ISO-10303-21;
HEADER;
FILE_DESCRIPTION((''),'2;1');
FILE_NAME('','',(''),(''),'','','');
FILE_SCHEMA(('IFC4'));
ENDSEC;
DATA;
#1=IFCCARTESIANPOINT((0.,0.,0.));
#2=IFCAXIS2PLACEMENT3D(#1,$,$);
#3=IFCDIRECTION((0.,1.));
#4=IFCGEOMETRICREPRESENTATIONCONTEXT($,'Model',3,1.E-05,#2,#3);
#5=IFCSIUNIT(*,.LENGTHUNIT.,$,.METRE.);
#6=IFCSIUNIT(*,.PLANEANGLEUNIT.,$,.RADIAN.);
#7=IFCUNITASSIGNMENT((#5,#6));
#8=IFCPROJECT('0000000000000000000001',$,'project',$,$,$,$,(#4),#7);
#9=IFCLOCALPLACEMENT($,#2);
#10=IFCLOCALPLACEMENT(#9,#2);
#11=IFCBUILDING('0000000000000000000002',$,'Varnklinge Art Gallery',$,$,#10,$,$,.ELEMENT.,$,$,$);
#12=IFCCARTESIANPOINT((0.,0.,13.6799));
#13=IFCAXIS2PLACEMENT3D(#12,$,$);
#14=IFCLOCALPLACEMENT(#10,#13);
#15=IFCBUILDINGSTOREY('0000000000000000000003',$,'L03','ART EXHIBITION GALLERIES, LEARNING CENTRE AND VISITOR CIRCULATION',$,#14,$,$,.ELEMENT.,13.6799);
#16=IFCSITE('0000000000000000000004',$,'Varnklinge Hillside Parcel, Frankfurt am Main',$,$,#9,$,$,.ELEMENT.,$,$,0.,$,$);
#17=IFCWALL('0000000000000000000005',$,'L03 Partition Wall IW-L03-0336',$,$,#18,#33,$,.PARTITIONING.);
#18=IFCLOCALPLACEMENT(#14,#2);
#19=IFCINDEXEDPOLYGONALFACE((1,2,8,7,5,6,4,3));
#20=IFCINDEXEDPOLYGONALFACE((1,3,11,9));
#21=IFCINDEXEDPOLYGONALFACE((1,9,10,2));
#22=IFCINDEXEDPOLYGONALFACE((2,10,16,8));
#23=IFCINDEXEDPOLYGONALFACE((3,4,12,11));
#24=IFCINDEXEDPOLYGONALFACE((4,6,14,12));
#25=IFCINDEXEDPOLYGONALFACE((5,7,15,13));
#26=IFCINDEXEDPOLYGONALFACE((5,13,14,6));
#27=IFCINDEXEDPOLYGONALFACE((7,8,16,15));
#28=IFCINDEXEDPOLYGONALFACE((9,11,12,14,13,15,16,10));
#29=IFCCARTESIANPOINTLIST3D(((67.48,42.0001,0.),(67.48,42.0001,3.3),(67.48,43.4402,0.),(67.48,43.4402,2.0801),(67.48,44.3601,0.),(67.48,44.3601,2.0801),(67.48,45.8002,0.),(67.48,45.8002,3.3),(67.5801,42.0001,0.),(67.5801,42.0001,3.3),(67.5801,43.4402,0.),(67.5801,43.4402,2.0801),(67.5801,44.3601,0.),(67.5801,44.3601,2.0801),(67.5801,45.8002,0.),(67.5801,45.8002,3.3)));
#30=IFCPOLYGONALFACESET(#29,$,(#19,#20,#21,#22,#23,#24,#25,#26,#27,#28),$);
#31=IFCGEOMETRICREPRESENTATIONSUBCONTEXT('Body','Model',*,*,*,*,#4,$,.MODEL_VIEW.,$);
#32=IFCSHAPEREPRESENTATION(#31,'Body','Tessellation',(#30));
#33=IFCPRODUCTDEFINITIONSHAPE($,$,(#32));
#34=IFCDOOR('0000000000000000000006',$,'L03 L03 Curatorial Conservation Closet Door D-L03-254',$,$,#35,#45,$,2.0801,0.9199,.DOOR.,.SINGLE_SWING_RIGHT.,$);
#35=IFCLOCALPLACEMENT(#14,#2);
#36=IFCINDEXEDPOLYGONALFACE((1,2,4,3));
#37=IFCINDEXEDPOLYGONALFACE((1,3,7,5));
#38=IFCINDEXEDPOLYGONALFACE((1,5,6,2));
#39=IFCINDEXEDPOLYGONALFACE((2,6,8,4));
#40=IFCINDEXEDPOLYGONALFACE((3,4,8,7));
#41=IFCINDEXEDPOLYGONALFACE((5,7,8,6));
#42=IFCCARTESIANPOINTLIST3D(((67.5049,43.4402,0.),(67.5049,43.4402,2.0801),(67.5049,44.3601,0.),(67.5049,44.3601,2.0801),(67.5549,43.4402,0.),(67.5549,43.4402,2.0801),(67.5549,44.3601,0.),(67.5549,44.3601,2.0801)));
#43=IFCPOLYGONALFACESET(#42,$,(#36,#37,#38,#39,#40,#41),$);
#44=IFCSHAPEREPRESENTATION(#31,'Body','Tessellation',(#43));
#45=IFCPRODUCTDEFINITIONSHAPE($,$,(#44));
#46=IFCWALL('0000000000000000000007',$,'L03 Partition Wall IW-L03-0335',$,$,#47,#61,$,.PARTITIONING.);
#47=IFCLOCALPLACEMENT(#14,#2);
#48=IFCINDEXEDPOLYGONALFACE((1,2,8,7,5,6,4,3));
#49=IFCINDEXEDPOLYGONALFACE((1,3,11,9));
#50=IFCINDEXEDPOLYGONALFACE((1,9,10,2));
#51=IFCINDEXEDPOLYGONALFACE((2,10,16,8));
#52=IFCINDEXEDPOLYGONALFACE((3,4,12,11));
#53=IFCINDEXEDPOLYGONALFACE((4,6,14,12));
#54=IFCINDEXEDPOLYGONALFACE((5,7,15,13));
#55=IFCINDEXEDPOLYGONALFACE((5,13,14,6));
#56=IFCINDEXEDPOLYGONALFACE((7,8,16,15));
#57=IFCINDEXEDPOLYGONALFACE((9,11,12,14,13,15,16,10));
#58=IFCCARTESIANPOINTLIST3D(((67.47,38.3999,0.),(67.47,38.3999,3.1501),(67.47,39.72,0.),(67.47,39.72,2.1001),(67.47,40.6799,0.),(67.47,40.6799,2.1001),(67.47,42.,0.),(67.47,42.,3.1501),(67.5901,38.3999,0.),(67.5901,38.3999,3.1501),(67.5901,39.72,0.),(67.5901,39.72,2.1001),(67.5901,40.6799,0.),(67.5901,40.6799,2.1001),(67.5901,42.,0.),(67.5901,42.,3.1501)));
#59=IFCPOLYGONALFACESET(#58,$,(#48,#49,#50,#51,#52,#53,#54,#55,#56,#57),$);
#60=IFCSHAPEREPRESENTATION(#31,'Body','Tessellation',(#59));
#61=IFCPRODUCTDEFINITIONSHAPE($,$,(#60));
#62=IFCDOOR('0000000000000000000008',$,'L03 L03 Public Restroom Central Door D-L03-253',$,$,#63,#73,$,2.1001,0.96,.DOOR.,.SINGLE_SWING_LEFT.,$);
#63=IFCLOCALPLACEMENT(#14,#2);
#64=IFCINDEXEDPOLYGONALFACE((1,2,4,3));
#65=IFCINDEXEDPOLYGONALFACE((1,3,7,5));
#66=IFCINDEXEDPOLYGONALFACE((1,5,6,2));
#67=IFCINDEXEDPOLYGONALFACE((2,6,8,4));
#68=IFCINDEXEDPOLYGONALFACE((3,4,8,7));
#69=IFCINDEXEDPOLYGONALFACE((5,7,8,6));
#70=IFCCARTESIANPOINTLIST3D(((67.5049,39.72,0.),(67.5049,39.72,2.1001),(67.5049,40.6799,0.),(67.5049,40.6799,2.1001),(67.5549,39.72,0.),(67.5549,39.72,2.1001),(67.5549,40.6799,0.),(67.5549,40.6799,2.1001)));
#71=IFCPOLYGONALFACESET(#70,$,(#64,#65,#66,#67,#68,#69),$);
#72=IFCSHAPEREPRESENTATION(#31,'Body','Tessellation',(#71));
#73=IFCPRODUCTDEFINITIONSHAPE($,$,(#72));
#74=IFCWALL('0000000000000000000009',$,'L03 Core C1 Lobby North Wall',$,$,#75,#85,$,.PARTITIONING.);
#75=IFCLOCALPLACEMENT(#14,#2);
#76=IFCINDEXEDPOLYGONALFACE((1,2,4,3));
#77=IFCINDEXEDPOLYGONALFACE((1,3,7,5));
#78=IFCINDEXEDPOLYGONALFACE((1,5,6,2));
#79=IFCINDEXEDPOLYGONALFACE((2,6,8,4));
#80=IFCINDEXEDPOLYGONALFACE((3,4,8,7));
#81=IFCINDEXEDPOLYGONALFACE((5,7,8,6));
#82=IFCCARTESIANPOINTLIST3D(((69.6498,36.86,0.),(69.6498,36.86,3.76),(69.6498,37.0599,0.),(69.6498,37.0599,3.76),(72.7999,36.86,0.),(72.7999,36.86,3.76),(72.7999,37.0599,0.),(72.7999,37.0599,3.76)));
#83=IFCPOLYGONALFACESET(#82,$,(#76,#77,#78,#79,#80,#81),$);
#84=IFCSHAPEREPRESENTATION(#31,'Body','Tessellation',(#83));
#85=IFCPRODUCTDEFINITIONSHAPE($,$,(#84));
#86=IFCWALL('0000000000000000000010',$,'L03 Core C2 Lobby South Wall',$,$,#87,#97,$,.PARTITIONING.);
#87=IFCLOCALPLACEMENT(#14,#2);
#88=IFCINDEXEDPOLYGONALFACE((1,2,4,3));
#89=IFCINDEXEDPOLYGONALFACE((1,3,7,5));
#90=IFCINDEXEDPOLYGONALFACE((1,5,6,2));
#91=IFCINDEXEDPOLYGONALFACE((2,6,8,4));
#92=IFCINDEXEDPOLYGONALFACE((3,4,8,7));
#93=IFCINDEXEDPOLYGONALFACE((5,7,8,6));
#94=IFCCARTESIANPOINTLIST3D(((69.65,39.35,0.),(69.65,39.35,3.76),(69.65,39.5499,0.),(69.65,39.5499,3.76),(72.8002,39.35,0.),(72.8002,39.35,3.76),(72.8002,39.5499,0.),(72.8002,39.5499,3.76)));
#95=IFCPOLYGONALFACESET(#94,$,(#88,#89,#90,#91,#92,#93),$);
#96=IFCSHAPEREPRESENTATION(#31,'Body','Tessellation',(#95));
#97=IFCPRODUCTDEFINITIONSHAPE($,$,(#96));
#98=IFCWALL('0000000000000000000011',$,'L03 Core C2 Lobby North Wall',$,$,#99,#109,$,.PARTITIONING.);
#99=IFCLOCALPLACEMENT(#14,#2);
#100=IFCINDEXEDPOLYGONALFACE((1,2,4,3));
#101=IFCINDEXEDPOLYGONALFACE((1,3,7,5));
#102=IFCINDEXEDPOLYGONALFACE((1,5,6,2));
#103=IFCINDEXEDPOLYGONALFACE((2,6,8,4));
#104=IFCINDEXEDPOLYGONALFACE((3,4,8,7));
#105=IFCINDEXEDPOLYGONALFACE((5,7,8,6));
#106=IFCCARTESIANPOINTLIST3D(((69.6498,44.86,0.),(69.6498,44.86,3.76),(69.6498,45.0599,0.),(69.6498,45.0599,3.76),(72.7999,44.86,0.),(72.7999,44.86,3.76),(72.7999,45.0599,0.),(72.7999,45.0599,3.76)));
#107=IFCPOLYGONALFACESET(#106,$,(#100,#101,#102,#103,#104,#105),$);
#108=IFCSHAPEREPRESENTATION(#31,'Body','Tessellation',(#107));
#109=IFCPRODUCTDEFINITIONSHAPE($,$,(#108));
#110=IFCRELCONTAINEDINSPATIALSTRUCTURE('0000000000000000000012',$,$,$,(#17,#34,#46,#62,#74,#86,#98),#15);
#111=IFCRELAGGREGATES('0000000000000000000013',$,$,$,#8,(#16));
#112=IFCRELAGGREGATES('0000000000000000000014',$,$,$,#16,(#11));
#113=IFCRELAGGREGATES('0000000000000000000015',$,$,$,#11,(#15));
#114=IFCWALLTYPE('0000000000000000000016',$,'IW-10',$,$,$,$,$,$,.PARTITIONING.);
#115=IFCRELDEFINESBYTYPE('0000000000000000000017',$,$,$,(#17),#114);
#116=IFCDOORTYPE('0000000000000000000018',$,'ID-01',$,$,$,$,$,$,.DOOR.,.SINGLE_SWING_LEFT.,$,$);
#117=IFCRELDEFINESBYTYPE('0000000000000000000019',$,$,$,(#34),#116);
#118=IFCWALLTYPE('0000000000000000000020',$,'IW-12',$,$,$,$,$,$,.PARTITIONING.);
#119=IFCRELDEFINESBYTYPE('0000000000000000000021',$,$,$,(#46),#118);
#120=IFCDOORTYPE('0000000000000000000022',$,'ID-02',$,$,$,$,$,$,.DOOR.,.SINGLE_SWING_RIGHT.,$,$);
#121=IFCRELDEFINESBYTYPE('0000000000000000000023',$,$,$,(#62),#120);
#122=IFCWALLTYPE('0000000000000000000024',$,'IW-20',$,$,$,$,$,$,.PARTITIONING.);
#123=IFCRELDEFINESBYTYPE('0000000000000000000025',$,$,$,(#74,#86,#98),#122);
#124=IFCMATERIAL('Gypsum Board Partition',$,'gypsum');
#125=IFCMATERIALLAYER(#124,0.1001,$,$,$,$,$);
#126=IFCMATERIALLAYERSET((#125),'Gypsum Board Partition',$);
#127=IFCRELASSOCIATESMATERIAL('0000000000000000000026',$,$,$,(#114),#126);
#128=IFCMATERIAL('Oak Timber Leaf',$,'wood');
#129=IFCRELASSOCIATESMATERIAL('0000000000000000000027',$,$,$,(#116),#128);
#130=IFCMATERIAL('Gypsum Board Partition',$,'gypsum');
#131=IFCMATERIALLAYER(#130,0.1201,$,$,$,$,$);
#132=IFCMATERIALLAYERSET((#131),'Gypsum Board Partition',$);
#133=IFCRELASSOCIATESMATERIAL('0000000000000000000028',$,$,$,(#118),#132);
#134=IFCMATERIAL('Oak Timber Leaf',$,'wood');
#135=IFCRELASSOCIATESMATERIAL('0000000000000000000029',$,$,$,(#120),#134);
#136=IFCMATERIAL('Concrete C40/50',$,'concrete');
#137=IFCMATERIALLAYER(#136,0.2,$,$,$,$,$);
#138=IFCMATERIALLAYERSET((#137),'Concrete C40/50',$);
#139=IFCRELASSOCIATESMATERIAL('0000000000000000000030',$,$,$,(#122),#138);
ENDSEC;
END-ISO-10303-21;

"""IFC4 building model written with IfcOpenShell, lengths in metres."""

from ifc_helpers import new_model, si_unit, direction, frame, frame_2d, origin, place, context, subcontext, project, spatial, rectangle, extrude, material, layer, layer_set, type_object, element, fill, save


model = new_model("IFC4")

# Units and contexts
model_context = context("Model", 3, precision=1e-05, world=origin(), true_north=direction((0.0, 1.0)))
body_context = subcontext(model_context, "Body", "Model", "MODEL_VIEW")
ifc_project = project(units=[si_unit("LENGTHUNIT", "METRE"), si_unit("PLANEANGLEUNIT", "RADIAN")], contexts=[model_context])

# Site, building, storey
site_placement = place(None, origin())
site = spatial("IfcSite", under=ifc_project, at=site_placement, Name="Varnklinge Hillside Parcel, Frankfurt am Main", CompositionType="ELEMENT", RefElevation=0.0)
building_placement = place(site_placement, origin())
building = spatial("IfcBuilding", under=site, at=building_placement, Name="Varnklinge Art Gallery", CompositionType="ELEMENT")
storey_placement = place(building_placement, frame((0.0, 0.0, 13.6799)))
storey = spatial("IfcBuildingStorey", under=building, at=storey_placement, Name="L03", Description="ART EXHIBITION GALLERIES, LEARNING CENTRE AND VISITOR CIRCULATION", CompositionType="ELEMENT", Elevation=13.6799)

# Walls, openings, doors
ifc_material_1 = material(Name="Gypsum Board Partition", Category="gypsum")
ifc_layer_1 = layer(ifc_material_1, 0.1001)
ifc_layer_set_1 = layer_set([ifc_layer_1], Name="Gypsum Board Partition")
wall_type_1 = type_object("IfcWallType", Name="IW-10", PredefinedType="PARTITIONING", material=ifc_layer_set_1)
wall_1_placement = place(storey_placement, frame((67.53, 45.8, 0.0), z_axis=(0.0, 0.0, 1.0), x_axis=(0.0, -1.0, 0.0)))
wall_1 = element("IfcWall", 1, at=wall_1_placement, inside=storey, type_object=wall_type_1, Name="L03 Partition Wall IW-L03-0336", PredefinedType="PARTITIONING", context=body_context, shape_type="SweptSolid", body=[
    extrude(rectangle(XDim=3.8, YDim=0.1001, at=frame_2d((1.8999, 0.0))), origin(), (0.0, 0.0, 1.0), 3.3),
])
opening_1_placement = place(wall_1_placement, frame((1.4399, 0.0, 0.0)))
opening_1 = element("IfcOpeningElement", 2, at=opening_1_placement, cuts=wall_1, PredefinedType="OPENING", context=body_context, shape_type="SweptSolid", body=[
    extrude(rectangle(XDim=0.9199, YDim=2.0801, at=frame_2d((0.46, 1.04))), frame((0.0, 0.0601, 0.0), z_axis=(0.0, -1.0, 0.0), x_axis=(1.0, 0.0, 0.0)), (0.0, 0.0, 1.0), 0.1201),
])
ifc_material_2 = material(Name="Oak Timber Leaf", Category="wood")
door_type_1 = type_object("IfcDoorType", Name="ID-01", OperationType="SINGLE_SWING_LEFT", PredefinedType="DOOR", material=ifc_material_2)
door_1_placement = place(opening_1_placement, origin())
door_1 = element("IfcDoor", 3, at=door_1_placement, inside=storey, type_object=door_type_1, Name="L03 L03 Curatorial Conservation Closet Door D-L03-254", OperationType="SINGLE_SWING_RIGHT", OverallHeight=2.0801, OverallWidth=0.9199, PredefinedType="DOOR", context=body_context, shape_type="SweptSolid", body=[
    extrude(rectangle(XDim=0.9199, YDim=2.0801, at=frame_2d((0.46, 1.04))), frame((0.0, 0.0249, 0.0), z_axis=(0.0, -1.0, 0.0), x_axis=(1.0, 0.0, 0.0)), (0.0, 0.0, 1.0), 0.05),
])
fill(opening_1, door_1)
ifc_material_3 = material(Name="Gypsum Board Partition", Category="gypsum")
ifc_layer_2 = layer(ifc_material_3, 0.1201)
ifc_layer_set_2 = layer_set([ifc_layer_2], Name="Gypsum Board Partition")
wall_type_2 = type_object("IfcWallType", Name="IW-12", PredefinedType="PARTITIONING", material=ifc_layer_set_2)
wall_2_placement = place(storey_placement, frame((67.53, 42.0, 0.0), z_axis=(0.0, 0.0, 1.0), x_axis=(0.0, -1.0, 0.0)))
wall_2 = element("IfcWall", 4, at=wall_2_placement, inside=storey, type_object=wall_type_2, Name="L03 Partition Wall IW-L03-0335", PredefinedType="PARTITIONING", context=body_context, shape_type="SweptSolid", body=[
    extrude(rectangle(XDim=3.6001, YDim=0.1201, at=frame_2d((1.8, 0.0))), origin(), (0.0, 0.0, 1.0), 3.1501),
])
opening_2_placement = place(wall_2_placement, frame((1.3201, 0.0, 0.0)))
opening_2 = element("IfcOpeningElement", 5, at=opening_2_placement, cuts=wall_2, PredefinedType="OPENING", context=body_context, shape_type="SweptSolid", body=[
    extrude(rectangle(XDim=0.96, YDim=2.1001, at=frame_2d((0.48, 1.05))), frame((0.0, 0.0701, 0.0), z_axis=(0.0, -1.0, 0.0), x_axis=(1.0, 0.0, 0.0)), (0.0, 0.0, 1.0), 0.1401),
])
ifc_material_4 = material(Name="Oak Timber Leaf", Category="wood")
door_type_2 = type_object("IfcDoorType", Name="ID-02", OperationType="SINGLE_SWING_RIGHT", PredefinedType="DOOR", material=ifc_material_4)
door_2_placement = place(opening_2_placement, origin())
door_2 = element("IfcDoor", 6, at=door_2_placement, inside=storey, type_object=door_type_2, Name="L03 L03 Public Restroom Central Door D-L03-253", OperationType="SINGLE_SWING_LEFT", OverallHeight=2.1001, OverallWidth=0.96, PredefinedType="DOOR", context=body_context, shape_type="SweptSolid", body=[
    extrude(rectangle(XDim=0.96, YDim=2.1001, at=frame_2d((0.48, 1.05))), frame((0.0, 0.0249, 0.0), z_axis=(0.0, -1.0, 0.0), x_axis=(1.0, 0.0, 0.0)), (0.0, 0.0, 1.0), 0.05),
])
fill(opening_2, door_2)

# Walls
ifc_material_5 = material(Name="Concrete C40/50", Category="concrete")
ifc_layer_3 = layer(ifc_material_5, 0.2)
ifc_layer_set_3 = layer_set([ifc_layer_3], Name="Concrete C40/50")
wall_type_3 = type_object("IfcWallType", Name="IW-20", PredefinedType="PARTITIONING", material=ifc_layer_set_3)
for number, where, z_axis, x_axis, name in (
    (7, (72.8, 36.96, 0.0), (0.0, 0.0, 1.0), (-1.0, 0.0, 0.0), "L03 Core C1 Lobby North Wall"),
    (8, (69.6499, 39.45, 0.0), (0.0, 0.0, 1.0), (1.0, 0.0, 0.0), "L03 Core C2 Lobby South Wall"),
    (9, (72.8, 44.96, 0.0), (0.0, 0.0, 1.0), (-1.0, 0.0, 0.0), "L03 Core C2 Lobby North Wall"),
):
    element("IfcWall", number, at=place(storey_placement, frame(where, z_axis=z_axis, x_axis=x_axis)), inside=storey, type_object=wall_type_3, Name=name, PredefinedType="PARTITIONING", context=body_context, shape_type="SweptSolid", body=[
        extrude(rectangle(XDim=3.1501, YDim=0.2, at=frame_2d((1.5752, 0.0))), origin(), (0.0, 0.0, 1.0), 3.76),
    ])

save(model, "model.ifc")
